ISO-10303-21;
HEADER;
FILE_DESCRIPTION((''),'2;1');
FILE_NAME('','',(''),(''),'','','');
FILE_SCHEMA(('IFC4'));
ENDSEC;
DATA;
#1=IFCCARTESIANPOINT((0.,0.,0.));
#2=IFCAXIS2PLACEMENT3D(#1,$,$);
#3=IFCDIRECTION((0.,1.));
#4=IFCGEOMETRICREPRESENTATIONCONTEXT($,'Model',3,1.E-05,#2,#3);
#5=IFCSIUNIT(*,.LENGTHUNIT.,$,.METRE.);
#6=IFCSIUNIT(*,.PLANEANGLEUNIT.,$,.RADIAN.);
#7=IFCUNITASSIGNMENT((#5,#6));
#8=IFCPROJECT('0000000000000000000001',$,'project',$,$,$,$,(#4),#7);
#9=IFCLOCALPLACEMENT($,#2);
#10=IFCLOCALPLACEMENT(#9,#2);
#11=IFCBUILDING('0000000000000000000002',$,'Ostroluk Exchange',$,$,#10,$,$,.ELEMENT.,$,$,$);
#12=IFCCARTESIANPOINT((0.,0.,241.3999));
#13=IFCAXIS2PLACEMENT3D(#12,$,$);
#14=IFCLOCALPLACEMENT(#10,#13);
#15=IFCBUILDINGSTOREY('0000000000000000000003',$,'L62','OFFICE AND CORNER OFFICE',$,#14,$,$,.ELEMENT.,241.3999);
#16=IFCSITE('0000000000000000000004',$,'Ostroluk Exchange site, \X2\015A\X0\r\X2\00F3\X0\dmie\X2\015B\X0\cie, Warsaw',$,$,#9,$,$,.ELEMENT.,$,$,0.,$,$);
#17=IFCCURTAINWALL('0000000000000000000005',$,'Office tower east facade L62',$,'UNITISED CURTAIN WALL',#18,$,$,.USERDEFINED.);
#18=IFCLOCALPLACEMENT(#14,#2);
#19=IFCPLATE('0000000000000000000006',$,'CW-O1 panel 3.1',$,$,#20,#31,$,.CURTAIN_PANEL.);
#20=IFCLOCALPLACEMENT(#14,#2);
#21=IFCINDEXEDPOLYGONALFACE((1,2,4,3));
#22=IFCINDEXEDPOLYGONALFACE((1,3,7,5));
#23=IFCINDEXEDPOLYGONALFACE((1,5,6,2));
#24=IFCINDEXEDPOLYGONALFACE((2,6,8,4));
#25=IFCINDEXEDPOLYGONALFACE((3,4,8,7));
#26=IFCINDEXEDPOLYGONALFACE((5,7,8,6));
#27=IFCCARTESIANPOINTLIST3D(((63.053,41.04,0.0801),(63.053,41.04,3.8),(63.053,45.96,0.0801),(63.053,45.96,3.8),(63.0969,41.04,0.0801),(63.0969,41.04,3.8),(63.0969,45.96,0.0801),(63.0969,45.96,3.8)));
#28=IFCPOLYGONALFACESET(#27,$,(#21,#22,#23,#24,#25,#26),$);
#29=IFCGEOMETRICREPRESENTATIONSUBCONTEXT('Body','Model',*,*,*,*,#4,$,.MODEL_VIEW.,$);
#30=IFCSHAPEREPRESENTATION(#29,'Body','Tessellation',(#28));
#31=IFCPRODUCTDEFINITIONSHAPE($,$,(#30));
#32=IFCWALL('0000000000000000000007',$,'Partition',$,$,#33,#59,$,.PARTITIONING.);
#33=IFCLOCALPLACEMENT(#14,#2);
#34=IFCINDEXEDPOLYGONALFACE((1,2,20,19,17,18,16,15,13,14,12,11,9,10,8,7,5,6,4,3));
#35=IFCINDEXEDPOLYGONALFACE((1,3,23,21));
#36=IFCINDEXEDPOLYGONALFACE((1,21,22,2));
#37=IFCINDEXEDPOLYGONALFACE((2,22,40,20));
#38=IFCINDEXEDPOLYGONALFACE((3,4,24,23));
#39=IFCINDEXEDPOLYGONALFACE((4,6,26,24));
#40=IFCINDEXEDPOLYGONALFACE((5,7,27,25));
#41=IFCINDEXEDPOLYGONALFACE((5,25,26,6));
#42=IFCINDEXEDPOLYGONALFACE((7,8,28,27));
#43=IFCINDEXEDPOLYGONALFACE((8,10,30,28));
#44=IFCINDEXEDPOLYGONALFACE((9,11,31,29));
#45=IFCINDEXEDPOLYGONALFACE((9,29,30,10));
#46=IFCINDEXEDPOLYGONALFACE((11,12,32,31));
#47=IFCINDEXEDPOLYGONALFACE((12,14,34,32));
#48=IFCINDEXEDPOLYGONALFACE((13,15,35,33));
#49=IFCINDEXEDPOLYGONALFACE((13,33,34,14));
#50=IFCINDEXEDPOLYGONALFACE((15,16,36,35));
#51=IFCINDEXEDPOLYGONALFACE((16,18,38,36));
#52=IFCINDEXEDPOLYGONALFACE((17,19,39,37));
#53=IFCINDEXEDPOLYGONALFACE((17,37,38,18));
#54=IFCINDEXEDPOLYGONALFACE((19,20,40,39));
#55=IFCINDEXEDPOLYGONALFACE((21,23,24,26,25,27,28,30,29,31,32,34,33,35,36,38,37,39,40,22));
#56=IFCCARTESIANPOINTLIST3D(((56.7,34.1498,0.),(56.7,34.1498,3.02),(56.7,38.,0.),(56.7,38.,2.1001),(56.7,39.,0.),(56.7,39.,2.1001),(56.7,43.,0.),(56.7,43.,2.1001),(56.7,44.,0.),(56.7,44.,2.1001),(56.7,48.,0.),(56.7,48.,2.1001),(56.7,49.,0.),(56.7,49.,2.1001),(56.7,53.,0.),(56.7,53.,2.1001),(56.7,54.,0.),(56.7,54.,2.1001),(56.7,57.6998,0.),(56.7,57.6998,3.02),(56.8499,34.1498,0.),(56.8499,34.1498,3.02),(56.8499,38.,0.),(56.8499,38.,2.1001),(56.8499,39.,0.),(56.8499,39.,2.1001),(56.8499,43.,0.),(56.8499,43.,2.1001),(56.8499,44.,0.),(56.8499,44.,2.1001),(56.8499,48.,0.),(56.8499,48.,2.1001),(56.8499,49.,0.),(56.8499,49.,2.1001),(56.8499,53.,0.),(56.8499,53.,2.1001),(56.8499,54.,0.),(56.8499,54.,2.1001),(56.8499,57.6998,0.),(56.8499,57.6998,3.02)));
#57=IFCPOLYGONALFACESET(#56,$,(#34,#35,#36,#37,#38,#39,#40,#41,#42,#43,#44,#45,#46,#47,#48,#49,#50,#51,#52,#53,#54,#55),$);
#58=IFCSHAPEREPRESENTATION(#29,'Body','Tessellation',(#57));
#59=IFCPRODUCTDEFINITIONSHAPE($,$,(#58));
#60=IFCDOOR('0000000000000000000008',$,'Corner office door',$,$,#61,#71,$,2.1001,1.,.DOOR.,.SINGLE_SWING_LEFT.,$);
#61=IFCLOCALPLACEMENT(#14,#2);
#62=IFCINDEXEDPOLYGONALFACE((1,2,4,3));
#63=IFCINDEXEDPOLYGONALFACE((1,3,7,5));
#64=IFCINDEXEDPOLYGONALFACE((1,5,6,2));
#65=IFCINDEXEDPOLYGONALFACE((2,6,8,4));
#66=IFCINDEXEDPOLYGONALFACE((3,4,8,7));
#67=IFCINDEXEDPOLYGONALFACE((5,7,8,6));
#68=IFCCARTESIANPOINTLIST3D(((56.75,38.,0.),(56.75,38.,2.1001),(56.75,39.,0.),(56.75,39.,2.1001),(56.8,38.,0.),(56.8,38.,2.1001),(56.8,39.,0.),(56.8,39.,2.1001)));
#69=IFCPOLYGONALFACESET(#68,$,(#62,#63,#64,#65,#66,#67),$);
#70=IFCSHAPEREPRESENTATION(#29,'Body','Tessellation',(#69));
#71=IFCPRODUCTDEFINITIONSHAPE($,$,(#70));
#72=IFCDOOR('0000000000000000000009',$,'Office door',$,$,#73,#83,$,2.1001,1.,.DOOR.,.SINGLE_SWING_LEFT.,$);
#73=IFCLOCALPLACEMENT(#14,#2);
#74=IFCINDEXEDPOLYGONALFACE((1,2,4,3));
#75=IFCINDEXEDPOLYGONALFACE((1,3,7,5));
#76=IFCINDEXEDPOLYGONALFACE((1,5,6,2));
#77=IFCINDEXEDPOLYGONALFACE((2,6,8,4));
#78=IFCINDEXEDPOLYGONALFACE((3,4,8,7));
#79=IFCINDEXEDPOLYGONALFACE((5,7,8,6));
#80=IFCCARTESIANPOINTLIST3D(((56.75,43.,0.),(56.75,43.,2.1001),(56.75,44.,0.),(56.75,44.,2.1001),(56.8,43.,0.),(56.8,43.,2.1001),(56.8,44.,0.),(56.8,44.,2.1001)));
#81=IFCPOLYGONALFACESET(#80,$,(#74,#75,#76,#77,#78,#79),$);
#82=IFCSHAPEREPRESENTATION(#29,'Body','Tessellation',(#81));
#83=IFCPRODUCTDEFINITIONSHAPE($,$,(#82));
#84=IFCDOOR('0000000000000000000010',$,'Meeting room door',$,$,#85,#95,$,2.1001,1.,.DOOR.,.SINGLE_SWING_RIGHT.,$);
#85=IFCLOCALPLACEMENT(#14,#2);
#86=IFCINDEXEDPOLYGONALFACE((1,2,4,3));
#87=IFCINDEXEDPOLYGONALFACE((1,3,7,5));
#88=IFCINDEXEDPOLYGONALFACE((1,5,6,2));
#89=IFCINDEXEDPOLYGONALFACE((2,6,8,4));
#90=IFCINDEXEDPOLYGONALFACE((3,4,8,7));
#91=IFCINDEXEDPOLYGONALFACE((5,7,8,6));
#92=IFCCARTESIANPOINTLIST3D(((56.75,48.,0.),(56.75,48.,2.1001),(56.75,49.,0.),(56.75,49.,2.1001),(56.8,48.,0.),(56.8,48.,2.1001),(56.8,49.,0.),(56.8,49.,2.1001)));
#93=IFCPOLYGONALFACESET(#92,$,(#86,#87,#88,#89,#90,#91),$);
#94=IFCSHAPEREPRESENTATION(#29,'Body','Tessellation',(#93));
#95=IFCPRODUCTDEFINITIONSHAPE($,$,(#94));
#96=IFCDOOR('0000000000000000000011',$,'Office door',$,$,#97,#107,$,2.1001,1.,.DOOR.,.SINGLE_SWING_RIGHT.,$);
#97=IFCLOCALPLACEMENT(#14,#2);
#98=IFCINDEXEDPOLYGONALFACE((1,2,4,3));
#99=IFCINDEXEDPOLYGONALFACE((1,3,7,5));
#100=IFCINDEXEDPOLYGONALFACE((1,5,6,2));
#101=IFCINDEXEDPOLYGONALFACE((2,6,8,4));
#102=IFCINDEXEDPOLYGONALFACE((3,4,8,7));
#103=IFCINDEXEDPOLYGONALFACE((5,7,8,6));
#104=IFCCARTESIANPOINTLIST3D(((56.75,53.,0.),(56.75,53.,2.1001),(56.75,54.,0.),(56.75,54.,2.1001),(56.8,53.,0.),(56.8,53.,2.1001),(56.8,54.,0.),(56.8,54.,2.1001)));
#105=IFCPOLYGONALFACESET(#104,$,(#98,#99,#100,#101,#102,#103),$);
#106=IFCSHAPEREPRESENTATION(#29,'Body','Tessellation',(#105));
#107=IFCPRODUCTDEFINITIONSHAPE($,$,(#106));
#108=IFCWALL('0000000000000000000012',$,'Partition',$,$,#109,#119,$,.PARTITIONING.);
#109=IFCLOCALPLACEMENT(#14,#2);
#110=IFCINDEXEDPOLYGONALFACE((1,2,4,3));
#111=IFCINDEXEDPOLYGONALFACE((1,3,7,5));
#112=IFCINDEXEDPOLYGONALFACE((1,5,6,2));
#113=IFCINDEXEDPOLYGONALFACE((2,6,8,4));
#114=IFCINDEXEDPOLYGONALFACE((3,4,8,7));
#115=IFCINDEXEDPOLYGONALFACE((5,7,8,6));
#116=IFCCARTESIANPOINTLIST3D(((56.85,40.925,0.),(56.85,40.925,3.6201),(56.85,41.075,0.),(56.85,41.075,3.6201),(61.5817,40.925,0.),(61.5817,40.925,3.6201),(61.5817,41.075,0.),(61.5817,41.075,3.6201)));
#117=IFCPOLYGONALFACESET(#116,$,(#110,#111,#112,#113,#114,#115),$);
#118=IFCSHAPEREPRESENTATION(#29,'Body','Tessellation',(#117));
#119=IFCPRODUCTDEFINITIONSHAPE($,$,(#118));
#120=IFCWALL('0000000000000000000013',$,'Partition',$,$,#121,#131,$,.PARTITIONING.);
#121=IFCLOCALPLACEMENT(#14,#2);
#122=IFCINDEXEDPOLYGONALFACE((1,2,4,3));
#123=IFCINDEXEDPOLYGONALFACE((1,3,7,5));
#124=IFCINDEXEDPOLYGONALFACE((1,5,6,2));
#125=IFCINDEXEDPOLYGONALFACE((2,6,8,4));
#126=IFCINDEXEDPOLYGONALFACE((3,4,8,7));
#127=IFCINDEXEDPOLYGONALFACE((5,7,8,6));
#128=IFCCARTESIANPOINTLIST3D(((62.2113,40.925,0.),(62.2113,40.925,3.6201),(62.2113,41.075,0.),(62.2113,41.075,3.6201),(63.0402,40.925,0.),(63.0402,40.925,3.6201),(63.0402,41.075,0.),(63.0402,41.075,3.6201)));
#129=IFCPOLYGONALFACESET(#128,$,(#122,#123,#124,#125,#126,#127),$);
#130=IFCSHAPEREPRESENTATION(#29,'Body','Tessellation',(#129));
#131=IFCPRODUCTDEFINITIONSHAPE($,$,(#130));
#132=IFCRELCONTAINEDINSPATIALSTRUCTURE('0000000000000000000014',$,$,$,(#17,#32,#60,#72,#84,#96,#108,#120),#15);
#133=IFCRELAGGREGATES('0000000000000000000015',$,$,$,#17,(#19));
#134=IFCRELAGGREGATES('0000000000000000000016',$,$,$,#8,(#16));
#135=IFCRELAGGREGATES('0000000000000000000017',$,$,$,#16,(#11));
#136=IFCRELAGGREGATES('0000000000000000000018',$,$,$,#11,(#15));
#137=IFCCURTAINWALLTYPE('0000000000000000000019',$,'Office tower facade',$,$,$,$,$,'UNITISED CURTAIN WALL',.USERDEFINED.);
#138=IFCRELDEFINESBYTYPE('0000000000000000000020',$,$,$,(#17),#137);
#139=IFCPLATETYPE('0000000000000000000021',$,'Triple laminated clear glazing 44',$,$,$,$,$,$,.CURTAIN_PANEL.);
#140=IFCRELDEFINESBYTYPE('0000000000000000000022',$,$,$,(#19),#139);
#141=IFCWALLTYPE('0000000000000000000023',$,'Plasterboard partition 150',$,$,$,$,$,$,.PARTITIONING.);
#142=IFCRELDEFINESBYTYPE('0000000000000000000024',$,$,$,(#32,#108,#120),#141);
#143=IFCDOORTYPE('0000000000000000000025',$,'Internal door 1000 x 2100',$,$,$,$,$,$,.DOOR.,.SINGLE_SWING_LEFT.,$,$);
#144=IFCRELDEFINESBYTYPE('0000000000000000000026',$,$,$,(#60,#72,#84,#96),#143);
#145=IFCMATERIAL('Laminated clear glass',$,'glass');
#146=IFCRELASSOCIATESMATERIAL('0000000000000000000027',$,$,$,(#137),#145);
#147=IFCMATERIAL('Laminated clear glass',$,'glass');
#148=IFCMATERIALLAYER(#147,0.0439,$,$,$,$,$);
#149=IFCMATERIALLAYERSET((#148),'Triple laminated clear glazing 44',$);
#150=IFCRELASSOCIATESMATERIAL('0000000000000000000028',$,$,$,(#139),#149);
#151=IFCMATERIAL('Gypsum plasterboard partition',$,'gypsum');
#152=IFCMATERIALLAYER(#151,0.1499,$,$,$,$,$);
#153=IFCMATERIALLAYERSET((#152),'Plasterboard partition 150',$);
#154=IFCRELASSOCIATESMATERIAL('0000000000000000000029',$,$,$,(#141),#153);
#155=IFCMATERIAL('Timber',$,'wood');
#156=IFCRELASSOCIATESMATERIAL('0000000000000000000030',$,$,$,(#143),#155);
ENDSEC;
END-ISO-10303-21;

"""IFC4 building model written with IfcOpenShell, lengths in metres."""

from ifc_helpers import new_model, si_unit, direction, frame, frame_2d, origin, origin_2d, place, context, subcontext, project, spatial, rectangle, extrude, material, layer, layer_set, type_object, element, fill, aggregate, save


model = new_model("IFC4")

# Units and contexts
model_context = context("Model", 3, precision=1e-05, world=origin(), true_north=direction((0.0, 1.0)))
body_context = subcontext(model_context, "Body", "Model", "MODEL_VIEW")
ifc_project = project(units=[si_unit("LENGTHUNIT", "METRE"), si_unit("PLANEANGLEUNIT", "RADIAN")], contexts=[model_context])

# Site, building, storey
site_placement = place(None, origin())
site = spatial("IfcSite", under=ifc_project, at=site_placement, Name="Ostroluk Exchange site, Śródmieście, Warsaw", CompositionType="ELEMENT", RefElevation=0.0)
building_placement = place(site_placement, origin())
building = spatial("IfcBuilding", under=site, at=building_placement, Name="Ostroluk Exchange", CompositionType="ELEMENT")
storey_placement = place(building_placement, frame((0.0, 0.0, 241.3999)))
storey = spatial("IfcBuildingStorey", under=building, at=storey_placement, Name="L62", Description="OFFICE AND CORNER OFFICE", CompositionType="ELEMENT", Elevation=241.3999)

# Curtain wall, plate
ifc_material_1 = material(Name="Laminated clear glass", Category="glass")
curtain_wall_type = type_object("IfcCurtainWallType", Name="Office tower facade", ElementType="UNITISED CURTAIN WALL", PredefinedType="USERDEFINED", material=ifc_material_1)
curtain_wall_placement = place(storey_placement, origin())
curtain_wall = element("IfcCurtainWall", 1, at=curtain_wall_placement, inside=storey, type_object=curtain_wall_type, Name="Office tower east facade L62", ObjectType="UNITISED CURTAIN WALL", PredefinedType="USERDEFINED")
ifc_material_2 = material(Name="Laminated clear glass", Category="glass")
ifc_layer_1 = layer(ifc_material_2, 0.0439)
ifc_layer_set_1 = layer_set([ifc_layer_1], Name="Triple laminated clear glazing 44")
plate_type = type_object("IfcPlateType", Name="Triple laminated clear glazing 44", PredefinedType="CURTAIN_PANEL", material=ifc_layer_set_1)
plate_1_placement = place(storey_placement, frame((63.075, 43.5, 0.0801), z_axis=(0.0, 0.0, 1.0), x_axis=(0.0, 1.0, 0.0)))
plate_1 = element("IfcPlate", 2, at=plate_1_placement, type_object=plate_type, Name="CW-O1 panel 3.1", PredefinedType="CURTAIN_PANEL", context=body_context, shape_type="SweptSolid", body=[
    extrude(rectangle(XDim=4.9199, YDim=0.0439, at=origin_2d()), origin(), (0.0, 0.0, 1.0), 3.72),
])
aggregate(curtain_wall, [plate_1])

# Wall, openings, doors
ifc_material_3 = material(Name="Gypsum plasterboard partition", Category="gypsum")
ifc_layer_2 = layer(ifc_material_3, 0.1499)
ifc_layer_set_2 = layer_set([ifc_layer_2], Name="Plasterboard partition 150")
wall_type = type_object("IfcWallType", Name="Plasterboard partition 150", PredefinedType="PARTITIONING", material=ifc_layer_set_2)
wall_1_placement = place(storey_placement, frame((56.7749, 34.1499, 0.0), z_axis=(0.0, 0.0, 1.0), x_axis=(0.0, 1.0, 0.0)))
wall_1 = element("IfcWall", 3, at=wall_1_placement, inside=storey, type_object=wall_type, Name="Partition", PredefinedType="PARTITIONING", context=body_context, shape_type="SweptSolid", body=[
    extrude(rectangle(XDim=23.55, YDim=0.1499, at=frame_2d((11.7749, 0.0))), origin(), (0.0, 0.0, 1.0), 3.02),
])
opening_1_placement = place(wall_1_placement, frame((3.8501, 0.0, 0.0)))
opening_1 = element("IfcOpeningElement", 4, at=opening_1_placement, cuts=wall_1, PredefinedType="OPENING", context=body_context, shape_type="SweptSolid", body=[
    extrude(rectangle(XDim=1.0, YDim=2.1001, at=frame_2d((0.5, 1.05))), frame((0.0, 0.085, 0.0), z_axis=(0.0, -1.0, 0.0), x_axis=(1.0, 0.0, 0.0)), (0.0, 0.0, 1.0), 0.1699),
])
opening_2_placement = place(wall_1_placement, frame((8.8501, 0.0, 0.0)))
opening_2 = element("IfcOpeningElement", 5, at=opening_2_placement, cuts=wall_1, PredefinedType="OPENING", context=body_context, shape_type="SweptSolid", body=[
    extrude(rectangle(XDim=1.0, YDim=2.1001, at=frame_2d((0.5, 1.05))), frame((0.0, 0.085, 0.0), z_axis=(0.0, -1.0, 0.0), x_axis=(1.0, 0.0, 0.0)), (0.0, 0.0, 1.0), 0.1699),
])
opening_3_placement = place(wall_1_placement, frame((13.8501, 0.0, 0.0)))
opening_3 = element("IfcOpeningElement", 6, at=opening_3_placement, cuts=wall_1, PredefinedType="OPENING", context=body_context, shape_type="SweptSolid", body=[
    extrude(rectangle(XDim=1.0, YDim=2.1001, at=frame_2d((0.5, 1.05))), frame((0.0, 0.085, 0.0), z_axis=(0.0, -1.0, 0.0), x_axis=(1.0, 0.0, 0.0)), (0.0, 0.0, 1.0), 0.1699),
])
opening_4_placement = place(wall_1_placement, frame((18.8501, 0.0, 0.0)))
opening_4 = element("IfcOpeningElement", 7, at=opening_4_placement, cuts=wall_1, PredefinedType="OPENING", context=body_context, shape_type="SweptSolid", body=[
    extrude(rectangle(XDim=1.0, YDim=2.1001, at=frame_2d((0.5, 1.05))), frame((0.0, 0.085, 0.0), z_axis=(0.0, -1.0, 0.0), x_axis=(1.0, 0.0, 0.0)), (0.0, 0.0, 1.0), 0.1699),
])
ifc_material_4 = material(Name="Timber", Category="wood")
door_type = type_object("IfcDoorType", Name="Internal door 1000 x 2100", OperationType="SINGLE_SWING_LEFT", PredefinedType="DOOR", material=ifc_material_4)
door_1_placement = place(opening_1_placement, origin())
door_1 = element("IfcDoor", 8, at=door_1_placement, inside=storey, type_object=door_type, Name="Corner office door", OperationType="SINGLE_SWING_LEFT", OverallHeight=2.1001, OverallWidth=1.0, PredefinedType="DOOR", context=body_context, shape_type="SweptSolid", body=[
    extrude(rectangle(XDim=1.0, YDim=2.1001, at=frame_2d((0.5, 1.05))), frame((0.0, 0.0249, 0.0), z_axis=(0.0, -1.0, 0.0), x_axis=(1.0, 0.0, 0.0)), (0.0, 0.0, 1.0), 0.05),
])
fill(opening_1, door_1)
door_2_placement = place(opening_2_placement, origin())
door_2 = element("IfcDoor", 9, at=door_2_placement, inside=storey, type_object=door_type, Name="Office door", OperationType="SINGLE_SWING_LEFT", OverallHeight=2.1001, OverallWidth=1.0, PredefinedType="DOOR", context=body_context, shape_type="SweptSolid", body=[
    extrude(rectangle(XDim=1.0, YDim=2.1001, at=frame_2d((0.5, 1.05))), frame((0.0, 0.0249, 0.0), z_axis=(0.0, -1.0, 0.0), x_axis=(1.0, 0.0, 0.0)), (0.0, 0.0, 1.0), 0.05),
])
fill(opening_2, door_2)
door_3_placement = place(opening_3_placement, origin())
door_3 = element("IfcDoor", 10, at=door_3_placement, inside=storey, type_object=door_type, Name="Meeting room door", OperationType="SINGLE_SWING_RIGHT", OverallHeight=2.1001, OverallWidth=1.0, PredefinedType="DOOR", context=body_context, shape_type="SweptSolid", body=[
    extrude(rectangle(XDim=1.0, YDim=2.1001, at=frame_2d((0.5, 1.05))), frame((0.0, 0.0249, 0.0), z_axis=(0.0, -1.0, 0.0), x_axis=(1.0, 0.0, 0.0)), (0.0, 0.0, 1.0), 0.05),
])
fill(opening_3, door_3)
door_4_placement = place(opening_4_placement, origin())
door_4 = element("IfcDoor", 11, at=door_4_placement, inside=storey, type_object=door_type, Name="Office door", OperationType="SINGLE_SWING_RIGHT", OverallHeight=2.1001, OverallWidth=1.0, PredefinedType="DOOR", context=body_context, shape_type="SweptSolid", body=[
    extrude(rectangle(XDim=1.0, YDim=2.1001, at=frame_2d((0.5, 1.05))), frame((0.0, 0.0249, 0.0), z_axis=(0.0, -1.0, 0.0), x_axis=(1.0, 0.0, 0.0)), (0.0, 0.0, 1.0), 0.05),
])
fill(opening_4, door_4)

# Walls
wall_2_placement = place(storey_placement, frame((56.8501, 41.0, 0.0), z_axis=(0.0, 0.0, 1.0), x_axis=(1.0, 0.0, 0.0)))
element("IfcWall", 12, at=wall_2_placement, inside=storey, type_object=wall_type, Name="Partition", PredefinedType="PARTITIONING", context=body_context, shape_type="SweptSolid", body=[
    extrude(rectangle(XDim=4.7317, YDim=0.1499, at=frame_2d((2.3657, 0.0))), origin(), (0.0, 0.0, 1.0), 3.6201),
])
wall_3_placement = place(storey_placement, frame((62.2112, 41.0, 0.0), z_axis=(0.0, 0.0, 1.0), x_axis=(1.0, 0.0, 0.0)))
element("IfcWall", 13, at=wall_3_placement, inside=storey, type_object=wall_type, Name="Partition", PredefinedType="PARTITIONING", context=body_context, shape_type="SweptSolid", body=[
    extrude(rectangle(XDim=0.8289, YDim=0.1499, at=frame_2d((0.4146, 0.0))), origin(), (0.0, 0.0, 1.0), 3.6201),
])

save(model, "model.ifc")
